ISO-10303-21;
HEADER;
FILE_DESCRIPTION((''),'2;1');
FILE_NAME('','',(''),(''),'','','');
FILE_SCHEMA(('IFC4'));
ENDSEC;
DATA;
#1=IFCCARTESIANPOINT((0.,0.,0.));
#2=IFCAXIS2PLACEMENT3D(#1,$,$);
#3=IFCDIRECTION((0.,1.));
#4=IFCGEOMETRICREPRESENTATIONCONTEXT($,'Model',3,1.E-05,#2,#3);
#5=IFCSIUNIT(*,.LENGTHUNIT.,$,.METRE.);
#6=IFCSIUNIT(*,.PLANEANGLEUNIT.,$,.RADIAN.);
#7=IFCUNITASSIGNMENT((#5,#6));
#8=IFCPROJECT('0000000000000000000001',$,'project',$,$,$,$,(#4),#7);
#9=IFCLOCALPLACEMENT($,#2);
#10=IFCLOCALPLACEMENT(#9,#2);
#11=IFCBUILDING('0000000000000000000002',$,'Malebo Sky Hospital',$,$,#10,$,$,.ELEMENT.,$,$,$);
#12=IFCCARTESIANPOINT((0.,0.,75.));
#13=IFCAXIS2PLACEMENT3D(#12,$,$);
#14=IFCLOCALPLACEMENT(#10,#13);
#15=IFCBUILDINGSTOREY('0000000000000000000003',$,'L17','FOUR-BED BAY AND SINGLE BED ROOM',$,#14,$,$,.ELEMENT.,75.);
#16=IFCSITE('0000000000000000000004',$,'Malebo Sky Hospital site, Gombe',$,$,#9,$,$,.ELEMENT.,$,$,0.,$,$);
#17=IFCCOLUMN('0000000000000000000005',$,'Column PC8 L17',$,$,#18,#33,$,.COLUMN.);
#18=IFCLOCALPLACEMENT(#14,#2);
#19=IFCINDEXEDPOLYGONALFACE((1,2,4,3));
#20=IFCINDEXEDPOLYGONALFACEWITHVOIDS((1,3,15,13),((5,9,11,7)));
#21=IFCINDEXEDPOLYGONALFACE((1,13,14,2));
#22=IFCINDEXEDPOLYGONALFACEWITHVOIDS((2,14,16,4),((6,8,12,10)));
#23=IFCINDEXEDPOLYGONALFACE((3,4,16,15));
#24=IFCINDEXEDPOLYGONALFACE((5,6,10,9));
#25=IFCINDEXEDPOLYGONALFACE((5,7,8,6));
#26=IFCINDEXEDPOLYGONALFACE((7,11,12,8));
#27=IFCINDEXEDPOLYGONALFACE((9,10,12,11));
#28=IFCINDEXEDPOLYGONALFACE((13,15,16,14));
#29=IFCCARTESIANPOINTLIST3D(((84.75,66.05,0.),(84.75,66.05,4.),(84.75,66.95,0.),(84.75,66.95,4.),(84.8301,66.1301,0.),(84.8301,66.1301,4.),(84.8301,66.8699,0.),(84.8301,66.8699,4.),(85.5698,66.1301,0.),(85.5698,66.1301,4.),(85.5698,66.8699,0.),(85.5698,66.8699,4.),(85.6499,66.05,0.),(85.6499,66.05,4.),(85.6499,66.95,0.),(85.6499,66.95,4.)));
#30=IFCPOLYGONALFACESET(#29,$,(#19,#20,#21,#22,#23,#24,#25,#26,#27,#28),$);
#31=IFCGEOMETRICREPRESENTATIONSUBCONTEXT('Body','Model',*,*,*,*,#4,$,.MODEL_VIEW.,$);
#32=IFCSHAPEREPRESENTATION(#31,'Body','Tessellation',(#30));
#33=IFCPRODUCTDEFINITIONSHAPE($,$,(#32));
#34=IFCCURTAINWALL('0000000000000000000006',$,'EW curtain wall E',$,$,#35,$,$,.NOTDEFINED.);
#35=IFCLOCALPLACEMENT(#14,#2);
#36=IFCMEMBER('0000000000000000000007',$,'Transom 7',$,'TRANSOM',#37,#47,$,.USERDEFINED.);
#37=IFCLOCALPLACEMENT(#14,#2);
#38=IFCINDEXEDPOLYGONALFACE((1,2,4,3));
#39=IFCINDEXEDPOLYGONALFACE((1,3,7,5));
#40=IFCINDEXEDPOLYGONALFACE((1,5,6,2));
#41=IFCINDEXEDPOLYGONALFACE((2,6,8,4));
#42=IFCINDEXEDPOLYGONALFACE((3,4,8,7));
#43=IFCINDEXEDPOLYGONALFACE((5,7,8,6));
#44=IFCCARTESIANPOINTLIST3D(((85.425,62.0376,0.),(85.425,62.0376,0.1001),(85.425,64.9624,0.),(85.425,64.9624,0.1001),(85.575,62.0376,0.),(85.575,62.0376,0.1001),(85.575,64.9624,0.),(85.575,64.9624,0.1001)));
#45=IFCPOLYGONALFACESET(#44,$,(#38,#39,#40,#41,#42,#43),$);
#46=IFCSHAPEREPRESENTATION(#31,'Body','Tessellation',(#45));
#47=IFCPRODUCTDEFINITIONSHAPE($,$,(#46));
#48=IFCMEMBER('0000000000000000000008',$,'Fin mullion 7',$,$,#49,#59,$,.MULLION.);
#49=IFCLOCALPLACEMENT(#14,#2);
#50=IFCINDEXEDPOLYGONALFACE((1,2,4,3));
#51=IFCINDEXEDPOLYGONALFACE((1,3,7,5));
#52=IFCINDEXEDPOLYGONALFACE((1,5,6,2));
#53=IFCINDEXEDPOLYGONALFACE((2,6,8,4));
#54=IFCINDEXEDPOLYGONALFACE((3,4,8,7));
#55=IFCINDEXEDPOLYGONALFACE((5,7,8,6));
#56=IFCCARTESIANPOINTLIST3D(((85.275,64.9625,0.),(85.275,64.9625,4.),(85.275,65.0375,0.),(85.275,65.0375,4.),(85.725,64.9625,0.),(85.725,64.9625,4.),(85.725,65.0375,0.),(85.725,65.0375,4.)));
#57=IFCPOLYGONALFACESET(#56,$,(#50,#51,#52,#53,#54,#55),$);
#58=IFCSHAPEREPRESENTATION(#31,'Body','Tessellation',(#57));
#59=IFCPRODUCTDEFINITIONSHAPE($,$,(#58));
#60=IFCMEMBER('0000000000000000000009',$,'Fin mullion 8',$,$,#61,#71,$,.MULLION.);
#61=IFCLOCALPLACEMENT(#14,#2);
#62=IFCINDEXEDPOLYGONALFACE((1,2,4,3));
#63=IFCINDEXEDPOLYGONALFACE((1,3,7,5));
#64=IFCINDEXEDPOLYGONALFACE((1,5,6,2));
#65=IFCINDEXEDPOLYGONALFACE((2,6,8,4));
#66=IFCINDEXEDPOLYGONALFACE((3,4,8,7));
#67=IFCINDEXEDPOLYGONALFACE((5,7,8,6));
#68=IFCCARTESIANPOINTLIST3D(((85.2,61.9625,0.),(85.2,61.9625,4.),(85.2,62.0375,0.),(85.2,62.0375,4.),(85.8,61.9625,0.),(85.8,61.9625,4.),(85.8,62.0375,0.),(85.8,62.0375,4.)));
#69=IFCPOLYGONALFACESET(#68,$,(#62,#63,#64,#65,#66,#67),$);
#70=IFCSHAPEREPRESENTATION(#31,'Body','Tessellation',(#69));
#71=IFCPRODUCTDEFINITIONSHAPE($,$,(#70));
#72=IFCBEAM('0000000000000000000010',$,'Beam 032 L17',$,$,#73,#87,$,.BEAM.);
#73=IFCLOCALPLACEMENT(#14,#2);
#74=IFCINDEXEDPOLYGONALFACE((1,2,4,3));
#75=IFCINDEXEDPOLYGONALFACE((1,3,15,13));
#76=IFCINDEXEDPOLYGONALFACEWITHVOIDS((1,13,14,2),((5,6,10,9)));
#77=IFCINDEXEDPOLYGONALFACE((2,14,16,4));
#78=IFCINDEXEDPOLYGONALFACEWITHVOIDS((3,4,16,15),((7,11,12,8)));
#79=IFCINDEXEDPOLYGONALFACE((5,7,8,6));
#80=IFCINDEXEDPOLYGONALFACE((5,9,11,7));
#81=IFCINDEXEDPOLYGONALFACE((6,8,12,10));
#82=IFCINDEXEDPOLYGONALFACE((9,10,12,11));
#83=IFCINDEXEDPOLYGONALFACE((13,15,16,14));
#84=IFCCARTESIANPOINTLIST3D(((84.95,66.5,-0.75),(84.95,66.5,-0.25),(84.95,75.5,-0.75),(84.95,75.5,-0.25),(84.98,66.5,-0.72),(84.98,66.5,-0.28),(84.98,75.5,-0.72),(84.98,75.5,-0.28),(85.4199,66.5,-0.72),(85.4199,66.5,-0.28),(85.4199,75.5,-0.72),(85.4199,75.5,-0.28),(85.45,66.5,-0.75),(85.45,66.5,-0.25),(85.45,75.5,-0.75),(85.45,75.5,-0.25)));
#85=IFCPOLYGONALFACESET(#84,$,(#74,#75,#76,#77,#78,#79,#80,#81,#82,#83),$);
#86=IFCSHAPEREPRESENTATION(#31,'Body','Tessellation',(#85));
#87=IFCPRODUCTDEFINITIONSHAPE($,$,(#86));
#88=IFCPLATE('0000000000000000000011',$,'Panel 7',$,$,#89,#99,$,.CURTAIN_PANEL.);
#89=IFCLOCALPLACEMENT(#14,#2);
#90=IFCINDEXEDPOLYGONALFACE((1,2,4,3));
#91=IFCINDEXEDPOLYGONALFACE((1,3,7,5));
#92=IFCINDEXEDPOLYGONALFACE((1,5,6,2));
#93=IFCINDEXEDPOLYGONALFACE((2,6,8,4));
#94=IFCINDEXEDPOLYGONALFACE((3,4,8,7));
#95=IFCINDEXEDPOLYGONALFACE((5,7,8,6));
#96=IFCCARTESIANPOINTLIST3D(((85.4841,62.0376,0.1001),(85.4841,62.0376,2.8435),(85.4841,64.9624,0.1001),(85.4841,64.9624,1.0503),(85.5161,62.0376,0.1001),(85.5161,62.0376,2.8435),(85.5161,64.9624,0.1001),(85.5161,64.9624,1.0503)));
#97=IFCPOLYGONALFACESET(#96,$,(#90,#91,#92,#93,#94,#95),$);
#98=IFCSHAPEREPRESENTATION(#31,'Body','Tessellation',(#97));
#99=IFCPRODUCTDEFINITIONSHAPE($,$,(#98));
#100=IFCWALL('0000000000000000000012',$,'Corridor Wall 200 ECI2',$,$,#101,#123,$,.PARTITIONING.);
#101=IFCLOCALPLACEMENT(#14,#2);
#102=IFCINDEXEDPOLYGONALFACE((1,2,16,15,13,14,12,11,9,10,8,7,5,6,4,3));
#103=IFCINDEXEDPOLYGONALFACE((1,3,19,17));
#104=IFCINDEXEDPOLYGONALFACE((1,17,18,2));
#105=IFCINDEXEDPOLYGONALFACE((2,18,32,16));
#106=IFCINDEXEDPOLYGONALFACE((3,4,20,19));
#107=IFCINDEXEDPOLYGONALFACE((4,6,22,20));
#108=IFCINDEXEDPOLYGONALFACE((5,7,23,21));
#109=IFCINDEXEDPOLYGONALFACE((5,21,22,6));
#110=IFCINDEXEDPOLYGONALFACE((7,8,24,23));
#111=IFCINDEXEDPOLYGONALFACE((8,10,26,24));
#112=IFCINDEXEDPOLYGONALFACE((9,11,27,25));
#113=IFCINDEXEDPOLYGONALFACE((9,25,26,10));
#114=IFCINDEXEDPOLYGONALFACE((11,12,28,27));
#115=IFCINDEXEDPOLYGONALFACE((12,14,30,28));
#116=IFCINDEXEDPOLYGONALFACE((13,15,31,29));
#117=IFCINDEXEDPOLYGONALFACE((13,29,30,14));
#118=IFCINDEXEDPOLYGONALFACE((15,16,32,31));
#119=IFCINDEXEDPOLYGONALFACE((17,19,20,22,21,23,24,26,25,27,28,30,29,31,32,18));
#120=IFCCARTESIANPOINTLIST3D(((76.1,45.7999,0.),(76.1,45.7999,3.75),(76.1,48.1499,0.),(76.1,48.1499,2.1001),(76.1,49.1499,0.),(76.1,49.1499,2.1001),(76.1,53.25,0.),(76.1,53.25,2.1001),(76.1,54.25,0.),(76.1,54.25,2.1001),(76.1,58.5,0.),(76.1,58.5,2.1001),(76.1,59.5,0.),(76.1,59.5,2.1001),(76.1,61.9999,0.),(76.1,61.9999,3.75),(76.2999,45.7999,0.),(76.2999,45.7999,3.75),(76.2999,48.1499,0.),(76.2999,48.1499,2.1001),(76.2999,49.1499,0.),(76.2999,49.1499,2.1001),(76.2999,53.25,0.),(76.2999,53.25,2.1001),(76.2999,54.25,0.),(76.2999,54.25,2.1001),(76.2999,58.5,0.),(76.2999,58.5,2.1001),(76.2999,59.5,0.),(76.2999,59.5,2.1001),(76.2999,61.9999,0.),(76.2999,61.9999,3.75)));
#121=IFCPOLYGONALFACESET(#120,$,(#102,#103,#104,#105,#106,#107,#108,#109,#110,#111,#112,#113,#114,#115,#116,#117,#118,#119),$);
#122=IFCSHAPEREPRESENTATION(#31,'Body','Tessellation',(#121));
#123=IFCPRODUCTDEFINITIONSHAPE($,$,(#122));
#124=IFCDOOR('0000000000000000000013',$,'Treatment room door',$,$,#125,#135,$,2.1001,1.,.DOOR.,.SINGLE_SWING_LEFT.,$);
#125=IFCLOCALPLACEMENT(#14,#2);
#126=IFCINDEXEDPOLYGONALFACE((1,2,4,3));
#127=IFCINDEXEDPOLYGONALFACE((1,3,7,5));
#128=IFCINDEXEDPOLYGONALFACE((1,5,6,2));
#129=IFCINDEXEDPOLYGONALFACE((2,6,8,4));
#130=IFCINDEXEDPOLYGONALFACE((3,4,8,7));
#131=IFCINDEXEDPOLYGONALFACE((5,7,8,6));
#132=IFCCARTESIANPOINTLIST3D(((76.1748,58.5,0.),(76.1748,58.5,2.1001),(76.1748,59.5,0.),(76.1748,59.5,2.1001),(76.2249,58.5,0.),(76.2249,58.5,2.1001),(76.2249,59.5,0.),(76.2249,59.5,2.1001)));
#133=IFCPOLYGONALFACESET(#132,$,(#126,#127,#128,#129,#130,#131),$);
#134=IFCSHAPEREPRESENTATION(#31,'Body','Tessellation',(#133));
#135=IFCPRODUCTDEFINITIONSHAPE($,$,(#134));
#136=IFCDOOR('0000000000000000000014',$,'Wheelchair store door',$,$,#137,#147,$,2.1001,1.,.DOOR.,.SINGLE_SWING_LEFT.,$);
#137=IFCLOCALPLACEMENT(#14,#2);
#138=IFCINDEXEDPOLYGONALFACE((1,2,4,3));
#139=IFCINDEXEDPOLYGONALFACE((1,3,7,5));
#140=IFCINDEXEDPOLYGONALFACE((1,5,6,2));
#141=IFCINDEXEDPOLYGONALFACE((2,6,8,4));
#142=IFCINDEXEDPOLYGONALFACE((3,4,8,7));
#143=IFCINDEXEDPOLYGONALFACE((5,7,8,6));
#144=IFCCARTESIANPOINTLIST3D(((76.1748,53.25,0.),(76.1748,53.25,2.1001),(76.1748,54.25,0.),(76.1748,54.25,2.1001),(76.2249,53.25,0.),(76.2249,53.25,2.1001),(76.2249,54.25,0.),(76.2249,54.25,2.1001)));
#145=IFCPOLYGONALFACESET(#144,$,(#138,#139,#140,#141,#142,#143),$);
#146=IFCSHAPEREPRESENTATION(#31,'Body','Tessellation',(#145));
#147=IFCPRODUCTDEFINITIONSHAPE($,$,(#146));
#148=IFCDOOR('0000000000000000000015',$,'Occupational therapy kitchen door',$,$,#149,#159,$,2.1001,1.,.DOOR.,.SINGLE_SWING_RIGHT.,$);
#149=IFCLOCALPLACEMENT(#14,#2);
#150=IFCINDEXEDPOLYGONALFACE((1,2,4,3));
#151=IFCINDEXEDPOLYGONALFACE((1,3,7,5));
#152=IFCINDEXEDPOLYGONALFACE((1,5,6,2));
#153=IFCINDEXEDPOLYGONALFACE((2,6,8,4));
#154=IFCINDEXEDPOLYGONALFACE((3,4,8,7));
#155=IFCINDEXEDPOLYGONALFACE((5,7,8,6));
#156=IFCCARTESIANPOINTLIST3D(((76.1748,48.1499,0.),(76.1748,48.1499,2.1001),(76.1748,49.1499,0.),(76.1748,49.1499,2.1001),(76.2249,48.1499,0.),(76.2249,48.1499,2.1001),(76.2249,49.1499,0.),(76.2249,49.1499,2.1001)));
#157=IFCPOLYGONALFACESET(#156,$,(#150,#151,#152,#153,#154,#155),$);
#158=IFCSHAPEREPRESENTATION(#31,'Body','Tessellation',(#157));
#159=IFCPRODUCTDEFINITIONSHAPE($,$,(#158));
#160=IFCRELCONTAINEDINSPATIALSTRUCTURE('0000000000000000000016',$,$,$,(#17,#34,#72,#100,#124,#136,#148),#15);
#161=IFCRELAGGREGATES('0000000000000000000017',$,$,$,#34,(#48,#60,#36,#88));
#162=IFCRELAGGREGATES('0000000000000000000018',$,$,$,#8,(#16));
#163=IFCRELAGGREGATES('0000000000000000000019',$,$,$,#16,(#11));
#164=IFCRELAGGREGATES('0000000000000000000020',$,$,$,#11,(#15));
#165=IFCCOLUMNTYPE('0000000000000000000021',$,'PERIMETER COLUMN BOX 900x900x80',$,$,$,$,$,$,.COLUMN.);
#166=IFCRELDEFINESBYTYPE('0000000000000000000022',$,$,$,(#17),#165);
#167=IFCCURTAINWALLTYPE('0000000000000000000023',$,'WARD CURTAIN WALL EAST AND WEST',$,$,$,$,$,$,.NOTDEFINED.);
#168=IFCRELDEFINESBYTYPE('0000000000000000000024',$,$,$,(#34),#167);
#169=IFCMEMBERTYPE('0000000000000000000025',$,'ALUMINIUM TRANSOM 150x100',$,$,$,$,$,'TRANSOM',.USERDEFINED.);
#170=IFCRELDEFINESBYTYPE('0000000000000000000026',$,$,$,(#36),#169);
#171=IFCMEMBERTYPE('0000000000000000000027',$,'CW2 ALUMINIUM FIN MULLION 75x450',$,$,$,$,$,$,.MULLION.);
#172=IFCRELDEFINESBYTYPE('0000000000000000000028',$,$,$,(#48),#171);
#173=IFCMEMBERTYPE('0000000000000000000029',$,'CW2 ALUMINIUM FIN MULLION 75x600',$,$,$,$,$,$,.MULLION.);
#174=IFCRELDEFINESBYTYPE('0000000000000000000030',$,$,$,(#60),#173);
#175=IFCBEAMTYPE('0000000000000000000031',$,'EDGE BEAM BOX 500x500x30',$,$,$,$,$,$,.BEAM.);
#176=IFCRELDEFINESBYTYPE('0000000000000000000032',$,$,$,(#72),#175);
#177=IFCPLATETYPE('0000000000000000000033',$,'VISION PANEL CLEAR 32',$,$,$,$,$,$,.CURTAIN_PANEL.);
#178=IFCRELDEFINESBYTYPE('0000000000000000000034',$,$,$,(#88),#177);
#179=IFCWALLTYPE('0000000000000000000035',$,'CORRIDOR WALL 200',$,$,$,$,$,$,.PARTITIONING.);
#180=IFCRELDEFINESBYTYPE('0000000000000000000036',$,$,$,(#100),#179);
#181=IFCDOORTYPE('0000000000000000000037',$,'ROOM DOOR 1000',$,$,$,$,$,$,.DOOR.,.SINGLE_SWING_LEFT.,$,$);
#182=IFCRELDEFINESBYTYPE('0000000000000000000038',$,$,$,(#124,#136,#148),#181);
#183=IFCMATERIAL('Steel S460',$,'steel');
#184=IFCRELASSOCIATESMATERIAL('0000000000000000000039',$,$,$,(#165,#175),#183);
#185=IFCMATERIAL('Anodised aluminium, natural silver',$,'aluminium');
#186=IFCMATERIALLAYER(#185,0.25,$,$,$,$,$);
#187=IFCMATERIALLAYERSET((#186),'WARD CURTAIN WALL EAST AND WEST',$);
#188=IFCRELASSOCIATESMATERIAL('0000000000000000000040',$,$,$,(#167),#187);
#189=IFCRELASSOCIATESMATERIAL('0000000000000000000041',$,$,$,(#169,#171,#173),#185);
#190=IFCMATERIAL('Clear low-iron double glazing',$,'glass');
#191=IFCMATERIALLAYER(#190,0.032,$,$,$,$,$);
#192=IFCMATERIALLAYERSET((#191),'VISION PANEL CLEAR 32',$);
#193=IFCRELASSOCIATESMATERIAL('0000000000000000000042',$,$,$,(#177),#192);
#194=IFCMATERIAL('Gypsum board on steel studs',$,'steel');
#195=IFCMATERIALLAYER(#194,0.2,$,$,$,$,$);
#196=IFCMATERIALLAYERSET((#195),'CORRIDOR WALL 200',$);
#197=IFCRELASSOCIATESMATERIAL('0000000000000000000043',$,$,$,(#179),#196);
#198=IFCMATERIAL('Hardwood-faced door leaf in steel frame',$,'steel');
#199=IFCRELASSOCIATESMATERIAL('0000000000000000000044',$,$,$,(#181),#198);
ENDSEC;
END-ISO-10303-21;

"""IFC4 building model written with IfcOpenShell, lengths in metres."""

from ifc_helpers import new_model, si_unit, direction, frame, frame_2d, origin, origin_2d, place, context, subcontext, project, spatial, polyline, rectangle, hollow_rectangle, outline, extrude, material, layer, layer_set, material_profile, profile_set, type_object, element, fill, aggregate, save


model = new_model("IFC4")

# Units and contexts
model_context = context("Model", 3, precision=1e-05, world=origin(), true_north=direction((0.0, 1.0)))
body_context = subcontext(model_context, "Body", "Model", "MODEL_VIEW")
ifc_project = project(units=[si_unit("LENGTHUNIT", "METRE"), si_unit("PLANEANGLEUNIT", "RADIAN")], contexts=[model_context])

# Site, building, storey
site_placement = place(None, origin())
site = spatial("IfcSite", under=ifc_project, at=site_placement, Name="Malebo Sky Hospital site, Gombe", CompositionType="ELEMENT", RefElevation=0.0)
building_placement = place(site_placement, origin())
building = spatial("IfcBuilding", under=site, at=building_placement, Name="Malebo Sky Hospital", CompositionType="ELEMENT")
storey_placement = place(building_placement, frame((0.0, 0.0, 75.0)))
storey = spatial("IfcBuildingStorey", under=building, at=storey_placement, Name="L17", Description="FOUR-BED BAY AND SINGLE BED ROOM", CompositionType="ELEMENT", Elevation=75.0)

# Column
ifc_material_1 = material(Name="Steel S460", Category="steel")
ifc_material_profile_1 = material_profile(ifc_material_1, hollow_rectangle(XDim=0.8999, YDim=0.8999, WallThickness=0.0801, at=origin_2d()), Name="BOX 900x900x80")
ifc_profile_set_1 = profile_set([ifc_material_profile_1], Name="Steel S460")
column_type = type_object("IfcColumnType", Name="PERIMETER COLUMN BOX 900x900x80", PredefinedType="COLUMN", material=ifc_profile_set_1)
column_placement = place(storey_placement, frame((85.2, 66.5, 0.0), z_axis=(0.0, 0.0, 1.0), x_axis=(1.0, 0.0, 0.0)))
element("IfcColumn", 1, at=column_placement, inside=storey, type_object=column_type, Name="Column PC8 L17", PredefinedType="COLUMN", context=body_context, shape_type="SweptSolid", body=[
    extrude(hollow_rectangle(XDim=0.8999, YDim=0.8999, WallThickness=0.0801, at=origin_2d()), origin(), (0.0, 0.0, 1.0), 4.0),
])

# Curtain wall, members
ifc_material_2 = material(Name="Anodised aluminium, natural silver", Category="aluminium")
ifc_layer_1 = layer(ifc_material_2, 0.25)
ifc_layer_set_1 = layer_set([ifc_layer_1], Name="WARD CURTAIN WALL EAST AND WEST")
curtain_wall_type = type_object("IfcCurtainWallType", Name="WARD CURTAIN WALL EAST AND WEST", PredefinedType="NOTDEFINED", material=ifc_layer_set_1)
curtain_wall_placement = place(storey_placement, origin())
curtain_wall = element("IfcCurtainWall", 2, at=curtain_wall_placement, inside=storey, type_object=curtain_wall_type, Name="EW curtain wall E", PredefinedType="NOTDEFINED")
ifc_material_profile_2 = material_profile(ifc_material_2, rectangle(XDim=0.1499, YDim=0.1001, at=origin_2d()), Name="ALUMINIUM TRANSOM 150x100")
ifc_profile_set_2 = profile_set([ifc_material_profile_2], Name="Anodised aluminium, natural silver")
member_type_1 = type_object("IfcMemberType", Name="ALUMINIUM TRANSOM 150x100", ElementType="TRANSOM", PredefinedType="USERDEFINED", material=ifc_profile_set_2)
member_1_placement = place(storey_placement, frame((85.5, 64.9624, 0.05), z_axis=(0.0, -1.0, 0.0), x_axis=(1.0, 0.0, 0.0)))
member_1 = element("IfcMember", 3, at=member_1_placement, type_object=member_type_1, Name="Transom 7", ObjectType="TRANSOM", PredefinedType="USERDEFINED", context=body_context, shape_type="SweptSolid", body=[
    extrude(rectangle(XDim=0.1499, YDim=0.1001, at=origin_2d()), origin(), (0.0, 0.0, 1.0), 2.9248),
])
ifc_material_profile_3 = material_profile(ifc_material_2, rectangle(XDim=0.075, YDim=0.45, at=origin_2d()), Name="CW2 ALUMINIUM FIN MULLION 75x450")
ifc_profile_set_3 = profile_set([ifc_material_profile_3], Name="Anodised aluminium, natural silver")
member_type_2 = type_object("IfcMemberType", Name="CW2 ALUMINIUM FIN MULLION 75x450", PredefinedType="MULLION", material=ifc_profile_set_3)
member_2_placement = place(storey_placement, frame((85.5, 65.0, 0.0), z_axis=(0.0, 0.0, 1.0), x_axis=(0.0, -1.0, 0.0)))
member_2 = element("IfcMember", 4, at=member_2_placement, type_object=member_type_2, Name="Fin mullion 7", PredefinedType="MULLION", context=body_context, shape_type="SweptSolid", body=[
    extrude(rectangle(XDim=0.075, YDim=0.45, at=origin_2d()), origin(), (0.0, 0.0, 1.0), 4.0),
])
ifc_material_profile_4 = material_profile(ifc_material_2, rectangle(XDim=0.075, YDim=0.6001, at=origin_2d()), Name="CW2 ALUMINIUM FIN MULLION 75x600")
ifc_profile_set_4 = profile_set([ifc_material_profile_4], Name="Anodised aluminium, natural silver")
member_type_3 = type_object("IfcMemberType", Name="CW2 ALUMINIUM FIN MULLION 75x600", PredefinedType="MULLION", material=ifc_profile_set_4)
member_3_placement = place(storey_placement, frame((85.5, 62.0, 0.0), z_axis=(0.0, 0.0, 1.0), x_axis=(0.0, -1.0, 0.0)))
member_3 = element("IfcMember", 5, at=member_3_placement, type_object=member_type_3, Name="Fin mullion 8", PredefinedType="MULLION", context=body_context, shape_type="SweptSolid", body=[
    extrude(rectangle(XDim=0.075, YDim=0.6001, at=origin_2d()), origin(), (0.0, 0.0, 1.0), 4.0),
])

# Beam
ifc_material_profile_5 = material_profile(ifc_material_1, hollow_rectangle(XDim=0.5, YDim=0.5, WallThickness=0.03, at=origin_2d()), Name="BOX 500x500x30")
ifc_profile_set_5 = profile_set([ifc_material_profile_5], Name="Steel S460")
beam_type = type_object("IfcBeamType", Name="EDGE BEAM BOX 500x500x30", PredefinedType="BEAM", material=ifc_profile_set_5)
beam_placement = place(storey_placement, frame((85.2, 66.5, -0.5), z_axis=(0.0, 1.0, 0.0), x_axis=(-1.0, 0.0, 0.0)))
element("IfcBeam", 6, at=beam_placement, inside=storey, type_object=beam_type, Name="Beam 032 L17", PredefinedType="BEAM", context=body_context, shape_type="SweptSolid", body=[
    extrude(hollow_rectangle(XDim=0.5, YDim=0.5, WallThickness=0.03, at=origin_2d()), origin(), (0.0, 0.0, 1.0), 9.0),
])

# Plate
ifc_material_3 = material(Name="Clear low-iron double glazing", Category="glass")
ifc_layer_2 = layer(ifc_material_3, 0.032)
ifc_layer_set_2 = layer_set([ifc_layer_2], Name="VISION PANEL CLEAR 32")
plate_type = type_object("IfcPlateType", Name="VISION PANEL CLEAR 32", PredefinedType="CURTAIN_PANEL", material=ifc_layer_set_2)
plate_placement = place(storey_placement, frame((85.5, 63.5, 0.1001), z_axis=(0.0, 0.0, 1.0), x_axis=(0.0, -1.0, 0.0)))
plate = element("IfcPlate", 7, at=plate_placement, type_object=plate_type, Name="Panel 7", PredefinedType="CURTAIN_PANEL", context=body_context, shape_type="SweptSolid", body=[
    extrude(outline(polyline([(-1.4624, 0.0), (1.4624, 0.0), (1.4624, 2.7434), (-1.4624, 0.9502), (-1.4624, 0.0)])), frame((0.0, 0.0161, 0.0), z_axis=(0.0, -1.0, 0.0), x_axis=(1.0, 0.0, 0.0)), (0.0, 0.0, 1.0), 0.032),
])
aggregate(curtain_wall, [member_2, member_3, member_1, plate])

# Wall, openings, doors
ifc_material_4 = material(Name="Gypsum board on steel studs", Category="steel")
ifc_layer_3 = layer(ifc_material_4, 0.2)
ifc_layer_set_3 = layer_set([ifc_layer_3], Name="CORRIDOR WALL 200")
wall_type_1 = type_object("IfcWallType", Name="CORRIDOR WALL 200", PredefinedType="PARTITIONING", material=ifc_layer_set_3)
wall_1_placement = place(storey_placement, frame((76.2, 62.0, 0.0), z_axis=(0.0, 0.0, 1.0), x_axis=(0.0, -1.0, 0.0)))
wall_1 = element("IfcWall", 8, at=wall_1_placement, inside=storey, type_object=wall_type_1, Name="Corridor Wall 200 ECI2", PredefinedType="PARTITIONING", context=body_context, shape_type="SweptSolid", body=[
    extrude(rectangle(XDim=16.2, YDim=0.2, at=frame_2d((8.1001, 0.0))), origin(), (0.0, 0.0, 1.0), 3.75),
])
opening_1_placement = place(wall_1_placement, frame((2.5, 0.0, 0.0)))
opening_1 = element("IfcOpeningElement", 9, at=opening_1_placement, cuts=wall_1, PredefinedType="OPENING", context=body_context, shape_type="SweptSolid", body=[
    extrude(rectangle(XDim=1.0, YDim=2.1001, at=frame_2d((0.5, 1.05))), frame((0.0, 0.1099, 0.0), z_axis=(0.0, -1.0, 0.0), x_axis=(1.0, 0.0, 0.0)), (0.0, 0.0, 1.0), 0.22),
])
opening_2_placement = place(wall_1_placement, frame((7.75, 0.0, 0.0)))
opening_2 = element("IfcOpeningElement", 10, at=opening_2_placement, cuts=wall_1, PredefinedType="OPENING", context=body_context, shape_type="SweptSolid", body=[
    extrude(rectangle(XDim=1.0, YDim=2.1001, at=frame_2d((0.5, 1.05))), frame((0.0, 0.1099, 0.0), z_axis=(0.0, -1.0, 0.0), x_axis=(1.0, 0.0, 0.0)), (0.0, 0.0, 1.0), 0.22),
])
opening_3_placement = place(wall_1_placement, frame((12.8501, 0.0, 0.0)))
opening_3 = element("IfcOpeningElement", 11, at=opening_3_placement, cuts=wall_1, PredefinedType="OPENING", context=body_context, shape_type="SweptSolid", body=[
    extrude(rectangle(XDim=1.0, YDim=2.1001, at=frame_2d((0.5, 1.05))), frame((0.0, 0.1099, 0.0), z_axis=(0.0, -1.0, 0.0), x_axis=(1.0, 0.0, 0.0)), (0.0, 0.0, 1.0), 0.22),
])
ifc_material_5 = material(Name="Hardwood-faced door leaf in steel frame", Category="steel")
door_type_1 = type_object("IfcDoorType", Name="ROOM DOOR 1000", OperationType="SINGLE_SWING_LEFT", PredefinedType="DOOR", material=ifc_material_5)
door_1_placement = place(opening_1_placement, origin())
door_1 = element("IfcDoor", 12, at=door_1_placement, inside=storey, type_object=door_type_1, Name="Treatment room door", OperationType="SINGLE_SWING_LEFT", OverallHeight=2.1001, OverallWidth=1.0, PredefinedType="DOOR", context=body_context, shape_type="SweptSolid", body=[
    extrude(rectangle(XDim=1.0, YDim=2.1001, at=frame_2d((0.5, 1.05))), frame((0.0, 0.0249, 0.0), z_axis=(0.0, -1.0, 0.0), x_axis=(1.0, 0.0, 0.0)), (0.0, 0.0, 1.0), 0.05),
])
fill(opening_1, door_1)
door_2_placement = place(opening_2_placement, origin())
door_2 = element("IfcDoor", 13, at=door_2_placement, inside=storey, type_object=door_type_1, Name="Wheelchair store door", OperationType="SINGLE_SWING_LEFT", OverallHeight=2.1001, OverallWidth=1.0, PredefinedType="DOOR", context=body_context, shape_type="SweptSolid", body=[
    extrude(rectangle(XDim=1.0, YDim=2.1001, at=frame_2d((0.5, 1.05))), frame((0.0, 0.0249, 0.0), z_axis=(0.0, -1.0, 0.0), x_axis=(1.0, 0.0, 0.0)), (0.0, 0.0, 1.0), 0.05),
])
fill(opening_2, door_2)
door_3_placement = place(opening_3_placement, origin())
door_3 = element("IfcDoor", 14, at=door_3_placement, inside=storey, type_object=door_type_1, Name="Occupational therapy kitchen door", OperationType="SINGLE_SWING_RIGHT", OverallHeight=2.1001, OverallWidth=1.0, PredefinedType="DOOR", context=body_context, shape_type="SweptSolid", body=[
    extrude(rectangle(XDim=1.0, YDim=2.1001, at=frame_2d((0.5, 1.05))), frame((0.0, 0.0249, 0.0), z_axis=(0.0, -1.0, 0.0), x_axis=(1.0, 0.0, 0.0)), (0.0, 0.0, 1.0), 0.05),
])
fill(opening_3, door_3)

save(model, "model.ifc")
